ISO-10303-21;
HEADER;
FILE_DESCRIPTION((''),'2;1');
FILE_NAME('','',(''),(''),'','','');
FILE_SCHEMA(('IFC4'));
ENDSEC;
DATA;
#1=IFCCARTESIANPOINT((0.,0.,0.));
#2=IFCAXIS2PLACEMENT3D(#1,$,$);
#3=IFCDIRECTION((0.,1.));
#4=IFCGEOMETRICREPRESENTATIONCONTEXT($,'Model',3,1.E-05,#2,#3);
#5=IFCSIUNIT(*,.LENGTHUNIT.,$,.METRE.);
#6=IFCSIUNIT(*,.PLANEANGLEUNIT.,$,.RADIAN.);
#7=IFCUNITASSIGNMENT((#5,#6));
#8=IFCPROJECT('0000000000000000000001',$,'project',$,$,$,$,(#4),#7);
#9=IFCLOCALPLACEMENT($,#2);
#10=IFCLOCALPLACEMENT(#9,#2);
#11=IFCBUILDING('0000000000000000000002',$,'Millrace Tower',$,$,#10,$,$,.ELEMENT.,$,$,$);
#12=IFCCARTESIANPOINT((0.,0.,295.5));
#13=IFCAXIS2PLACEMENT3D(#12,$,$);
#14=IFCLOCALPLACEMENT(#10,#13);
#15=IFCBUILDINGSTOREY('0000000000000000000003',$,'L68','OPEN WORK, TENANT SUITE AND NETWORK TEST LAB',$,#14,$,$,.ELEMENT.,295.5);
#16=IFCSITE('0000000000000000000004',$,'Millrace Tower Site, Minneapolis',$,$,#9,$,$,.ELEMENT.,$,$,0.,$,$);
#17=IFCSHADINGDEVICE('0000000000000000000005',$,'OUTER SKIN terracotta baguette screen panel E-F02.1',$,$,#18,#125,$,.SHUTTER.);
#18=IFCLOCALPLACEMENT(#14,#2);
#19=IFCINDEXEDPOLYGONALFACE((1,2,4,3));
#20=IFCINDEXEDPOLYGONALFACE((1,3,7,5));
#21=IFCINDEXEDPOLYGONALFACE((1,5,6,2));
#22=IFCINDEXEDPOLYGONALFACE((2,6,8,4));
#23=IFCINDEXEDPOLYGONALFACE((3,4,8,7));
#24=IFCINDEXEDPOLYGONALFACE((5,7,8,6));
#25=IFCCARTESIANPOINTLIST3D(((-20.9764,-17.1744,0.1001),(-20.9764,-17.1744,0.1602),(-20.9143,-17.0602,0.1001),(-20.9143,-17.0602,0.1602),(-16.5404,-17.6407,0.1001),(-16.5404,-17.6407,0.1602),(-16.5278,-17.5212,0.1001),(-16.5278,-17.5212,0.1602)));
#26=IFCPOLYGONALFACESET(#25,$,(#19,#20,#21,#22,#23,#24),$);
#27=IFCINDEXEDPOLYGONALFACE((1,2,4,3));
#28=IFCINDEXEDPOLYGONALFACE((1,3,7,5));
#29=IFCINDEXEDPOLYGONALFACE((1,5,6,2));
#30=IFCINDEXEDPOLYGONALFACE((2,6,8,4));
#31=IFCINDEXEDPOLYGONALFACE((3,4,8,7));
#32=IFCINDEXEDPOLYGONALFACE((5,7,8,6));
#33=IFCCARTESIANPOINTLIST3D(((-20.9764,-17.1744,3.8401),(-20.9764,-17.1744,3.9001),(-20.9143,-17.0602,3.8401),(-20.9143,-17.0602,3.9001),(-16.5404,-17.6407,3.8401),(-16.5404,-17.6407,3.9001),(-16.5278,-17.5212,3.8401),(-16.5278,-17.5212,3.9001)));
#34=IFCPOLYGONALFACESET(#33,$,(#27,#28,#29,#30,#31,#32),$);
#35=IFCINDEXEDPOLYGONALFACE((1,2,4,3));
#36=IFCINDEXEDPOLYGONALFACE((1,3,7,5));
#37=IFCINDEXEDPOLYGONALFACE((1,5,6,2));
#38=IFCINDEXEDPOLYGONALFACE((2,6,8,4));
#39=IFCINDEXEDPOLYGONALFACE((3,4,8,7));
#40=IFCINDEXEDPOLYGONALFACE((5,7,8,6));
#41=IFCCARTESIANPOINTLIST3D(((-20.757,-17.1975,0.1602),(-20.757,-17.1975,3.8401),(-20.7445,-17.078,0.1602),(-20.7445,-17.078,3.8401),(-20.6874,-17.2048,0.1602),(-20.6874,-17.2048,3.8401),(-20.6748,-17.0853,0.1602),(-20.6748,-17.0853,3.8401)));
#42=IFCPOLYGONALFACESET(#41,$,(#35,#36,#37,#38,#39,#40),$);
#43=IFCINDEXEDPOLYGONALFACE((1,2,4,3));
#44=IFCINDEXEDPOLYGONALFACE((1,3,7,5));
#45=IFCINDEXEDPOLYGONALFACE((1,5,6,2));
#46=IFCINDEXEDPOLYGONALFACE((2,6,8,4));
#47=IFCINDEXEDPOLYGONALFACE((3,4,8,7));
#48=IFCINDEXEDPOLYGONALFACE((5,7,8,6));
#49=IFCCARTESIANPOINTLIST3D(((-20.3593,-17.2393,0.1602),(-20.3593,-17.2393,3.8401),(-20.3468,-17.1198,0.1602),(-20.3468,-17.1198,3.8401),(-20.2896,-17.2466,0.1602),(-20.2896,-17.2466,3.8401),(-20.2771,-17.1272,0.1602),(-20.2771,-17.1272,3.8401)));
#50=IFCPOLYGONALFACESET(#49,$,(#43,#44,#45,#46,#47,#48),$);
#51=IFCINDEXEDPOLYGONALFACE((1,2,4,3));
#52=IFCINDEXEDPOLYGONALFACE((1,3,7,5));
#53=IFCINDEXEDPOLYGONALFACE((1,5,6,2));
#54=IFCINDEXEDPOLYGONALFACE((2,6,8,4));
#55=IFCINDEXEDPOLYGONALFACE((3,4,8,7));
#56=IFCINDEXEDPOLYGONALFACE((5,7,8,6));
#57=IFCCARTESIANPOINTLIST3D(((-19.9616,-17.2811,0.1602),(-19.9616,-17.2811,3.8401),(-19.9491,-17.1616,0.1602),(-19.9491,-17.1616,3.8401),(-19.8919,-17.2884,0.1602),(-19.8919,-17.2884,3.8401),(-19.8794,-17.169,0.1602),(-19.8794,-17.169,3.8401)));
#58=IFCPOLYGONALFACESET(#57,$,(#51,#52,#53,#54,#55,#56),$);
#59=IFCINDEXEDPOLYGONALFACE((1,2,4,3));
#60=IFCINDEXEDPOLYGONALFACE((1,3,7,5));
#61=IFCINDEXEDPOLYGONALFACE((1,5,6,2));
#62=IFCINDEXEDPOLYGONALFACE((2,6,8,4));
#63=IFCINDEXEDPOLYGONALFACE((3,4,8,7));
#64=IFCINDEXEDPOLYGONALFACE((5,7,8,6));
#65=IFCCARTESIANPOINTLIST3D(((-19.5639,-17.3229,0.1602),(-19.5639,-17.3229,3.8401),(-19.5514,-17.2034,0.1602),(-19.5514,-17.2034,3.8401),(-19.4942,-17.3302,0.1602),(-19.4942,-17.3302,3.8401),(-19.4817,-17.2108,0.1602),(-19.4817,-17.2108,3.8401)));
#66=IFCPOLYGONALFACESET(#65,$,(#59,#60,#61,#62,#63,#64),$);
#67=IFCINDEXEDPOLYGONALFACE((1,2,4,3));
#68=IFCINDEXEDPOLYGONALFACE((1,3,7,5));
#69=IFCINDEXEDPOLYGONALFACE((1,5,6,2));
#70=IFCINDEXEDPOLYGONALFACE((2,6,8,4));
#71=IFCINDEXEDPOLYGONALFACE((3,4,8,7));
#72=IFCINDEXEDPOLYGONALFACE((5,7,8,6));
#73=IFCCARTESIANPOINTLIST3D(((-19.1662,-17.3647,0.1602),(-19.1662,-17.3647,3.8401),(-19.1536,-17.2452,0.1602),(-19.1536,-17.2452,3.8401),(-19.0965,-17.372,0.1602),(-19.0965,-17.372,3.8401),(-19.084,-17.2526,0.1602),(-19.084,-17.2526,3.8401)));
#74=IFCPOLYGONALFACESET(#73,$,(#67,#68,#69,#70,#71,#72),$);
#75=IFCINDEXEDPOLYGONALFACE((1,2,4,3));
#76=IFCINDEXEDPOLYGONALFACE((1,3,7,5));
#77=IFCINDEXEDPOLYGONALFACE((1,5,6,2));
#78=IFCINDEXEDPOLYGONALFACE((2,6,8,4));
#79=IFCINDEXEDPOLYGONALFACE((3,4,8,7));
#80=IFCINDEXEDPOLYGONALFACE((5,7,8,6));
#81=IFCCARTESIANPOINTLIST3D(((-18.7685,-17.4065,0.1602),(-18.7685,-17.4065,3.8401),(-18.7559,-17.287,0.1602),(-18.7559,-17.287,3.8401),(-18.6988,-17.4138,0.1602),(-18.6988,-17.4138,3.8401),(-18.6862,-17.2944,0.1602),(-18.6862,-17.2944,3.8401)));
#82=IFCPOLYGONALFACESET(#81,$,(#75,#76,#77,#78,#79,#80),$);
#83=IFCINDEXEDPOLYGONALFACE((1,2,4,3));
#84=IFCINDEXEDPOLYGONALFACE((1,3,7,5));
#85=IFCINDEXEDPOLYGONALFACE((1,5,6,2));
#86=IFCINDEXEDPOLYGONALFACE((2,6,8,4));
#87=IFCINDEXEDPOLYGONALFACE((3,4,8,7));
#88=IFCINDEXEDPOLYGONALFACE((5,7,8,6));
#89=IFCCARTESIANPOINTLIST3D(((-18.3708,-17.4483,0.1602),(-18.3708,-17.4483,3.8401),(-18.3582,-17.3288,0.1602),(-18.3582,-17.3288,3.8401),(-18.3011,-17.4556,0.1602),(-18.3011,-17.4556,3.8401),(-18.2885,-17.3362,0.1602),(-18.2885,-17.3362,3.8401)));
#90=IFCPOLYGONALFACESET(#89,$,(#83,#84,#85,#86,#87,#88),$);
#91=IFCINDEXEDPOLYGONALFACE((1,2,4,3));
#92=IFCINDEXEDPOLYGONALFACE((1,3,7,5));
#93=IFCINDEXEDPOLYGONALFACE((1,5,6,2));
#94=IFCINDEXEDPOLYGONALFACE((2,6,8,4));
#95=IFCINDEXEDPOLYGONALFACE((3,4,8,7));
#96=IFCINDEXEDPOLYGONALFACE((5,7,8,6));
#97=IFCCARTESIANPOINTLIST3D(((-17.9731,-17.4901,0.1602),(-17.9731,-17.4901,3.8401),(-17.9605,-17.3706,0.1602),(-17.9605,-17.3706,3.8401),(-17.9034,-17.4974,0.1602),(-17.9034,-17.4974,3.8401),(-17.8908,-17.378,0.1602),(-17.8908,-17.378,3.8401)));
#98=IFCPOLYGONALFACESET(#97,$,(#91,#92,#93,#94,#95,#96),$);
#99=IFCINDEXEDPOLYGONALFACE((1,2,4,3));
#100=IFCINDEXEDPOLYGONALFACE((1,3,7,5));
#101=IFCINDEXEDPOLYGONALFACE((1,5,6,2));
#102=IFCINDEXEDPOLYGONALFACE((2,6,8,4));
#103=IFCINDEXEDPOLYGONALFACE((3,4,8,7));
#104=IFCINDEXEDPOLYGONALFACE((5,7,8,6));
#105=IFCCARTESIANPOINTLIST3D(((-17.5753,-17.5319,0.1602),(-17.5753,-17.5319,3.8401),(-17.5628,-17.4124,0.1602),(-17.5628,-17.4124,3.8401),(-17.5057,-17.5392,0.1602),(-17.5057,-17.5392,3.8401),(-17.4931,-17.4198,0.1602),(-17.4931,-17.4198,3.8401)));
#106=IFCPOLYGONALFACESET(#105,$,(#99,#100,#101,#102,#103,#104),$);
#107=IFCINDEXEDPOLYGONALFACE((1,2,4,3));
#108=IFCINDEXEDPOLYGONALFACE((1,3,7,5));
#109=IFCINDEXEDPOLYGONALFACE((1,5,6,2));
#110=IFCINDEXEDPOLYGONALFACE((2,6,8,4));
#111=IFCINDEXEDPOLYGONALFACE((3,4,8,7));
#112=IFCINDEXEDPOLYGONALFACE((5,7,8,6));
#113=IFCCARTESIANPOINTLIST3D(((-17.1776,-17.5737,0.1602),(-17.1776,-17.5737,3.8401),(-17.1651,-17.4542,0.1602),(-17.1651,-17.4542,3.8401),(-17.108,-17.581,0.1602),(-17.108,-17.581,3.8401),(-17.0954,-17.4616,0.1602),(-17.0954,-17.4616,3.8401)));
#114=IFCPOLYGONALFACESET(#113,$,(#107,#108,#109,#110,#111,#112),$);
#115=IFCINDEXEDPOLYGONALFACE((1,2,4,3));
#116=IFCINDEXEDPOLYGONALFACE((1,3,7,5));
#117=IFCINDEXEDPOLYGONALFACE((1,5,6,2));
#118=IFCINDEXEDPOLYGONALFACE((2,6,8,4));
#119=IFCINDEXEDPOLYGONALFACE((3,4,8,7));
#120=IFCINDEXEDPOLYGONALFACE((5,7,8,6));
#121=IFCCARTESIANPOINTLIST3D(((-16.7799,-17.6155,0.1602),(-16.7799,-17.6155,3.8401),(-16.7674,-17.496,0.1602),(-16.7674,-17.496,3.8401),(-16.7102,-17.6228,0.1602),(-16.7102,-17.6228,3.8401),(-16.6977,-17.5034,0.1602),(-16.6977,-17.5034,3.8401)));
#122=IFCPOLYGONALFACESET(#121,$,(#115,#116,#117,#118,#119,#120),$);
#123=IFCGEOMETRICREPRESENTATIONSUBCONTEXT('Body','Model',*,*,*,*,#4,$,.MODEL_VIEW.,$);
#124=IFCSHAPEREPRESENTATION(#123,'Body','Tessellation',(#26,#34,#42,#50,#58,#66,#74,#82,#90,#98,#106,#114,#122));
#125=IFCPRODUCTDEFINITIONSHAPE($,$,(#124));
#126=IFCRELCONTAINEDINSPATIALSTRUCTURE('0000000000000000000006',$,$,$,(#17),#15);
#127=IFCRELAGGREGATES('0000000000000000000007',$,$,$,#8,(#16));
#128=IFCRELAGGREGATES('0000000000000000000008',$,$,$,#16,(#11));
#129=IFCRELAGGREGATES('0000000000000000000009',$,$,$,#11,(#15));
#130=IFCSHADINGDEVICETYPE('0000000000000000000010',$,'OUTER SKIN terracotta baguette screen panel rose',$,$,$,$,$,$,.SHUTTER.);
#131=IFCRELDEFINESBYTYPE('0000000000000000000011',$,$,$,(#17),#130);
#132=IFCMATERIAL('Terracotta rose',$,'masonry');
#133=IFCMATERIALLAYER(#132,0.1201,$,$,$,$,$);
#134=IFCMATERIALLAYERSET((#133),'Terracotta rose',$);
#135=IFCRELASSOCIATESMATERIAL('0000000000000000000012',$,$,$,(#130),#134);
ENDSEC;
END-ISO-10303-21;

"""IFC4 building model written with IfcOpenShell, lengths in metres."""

from ifc_helpers import new_model, entity, si_unit, direction, frame, frame_2d, origin, place, context, subcontext, project, spatial, rectangle, extrude, source, transform, mapped, material, layer, layer_set, type_object, element, save


model = new_model("IFC4")

# Units and contexts
model_context = context("Model", 3, precision=1e-05, world=origin(), true_north=direction((0.0, 1.0)))
body_context = subcontext(model_context, "Body", "Model", "MODEL_VIEW")
ifc_project = project(units=[si_unit("LENGTHUNIT", "METRE"), si_unit("PLANEANGLEUNIT", "RADIAN")], contexts=[model_context])

# Site, building, storey
site_placement = place(None, origin())
site = spatial("IfcSite", under=ifc_project, at=site_placement, Name="Millrace Tower Site, Minneapolis", CompositionType="ELEMENT", RefElevation=0.0)
building_placement = place(site_placement, origin())
building = spatial("IfcBuilding", under=site, at=building_placement, Name="Millrace Tower", CompositionType="ELEMENT")
storey_placement = place(building_placement, frame((0.0, 0.0, 295.5)))
storey = spatial("IfcBuildingStorey", under=building, at=storey_placement, Name="L68", Description="OPEN WORK, TENANT SUITE AND NETWORK TEST LAB", CompositionType="ELEMENT", Elevation=295.5)

# Shading device
ifc_material_1 = material(Name="Terracotta rose", Category="masonry")
ifc_layer_1 = layer(ifc_material_1, 0.1201)
ifc_layer_set_1 = layer_set([ifc_layer_1], Name="Terracotta rose")
shading_device_type = type_object("IfcShadingDeviceType", Name="OUTER SKIN terracotta baguette screen panel rose", PredefinedType="SHUTTER", material=ifc_layer_set_1)
cartesian_point_1 = entity("IfcCartesianPoint", [-2.1929, 0.0601])
shared_polyline_1 = entity("IfcPolyline", [cartesian_point_1, entity("IfcCartesianPoint", [2.2178, 0.0601]), entity("IfcCartesianPoint", [2.2178, -0.0601]), entity("IfcCartesianPoint", [-2.2427, -0.0601]), cartesian_point_1])
shared_shape_1 = source(origin(), body_context, "Body", "SweptSolid", [
    entity("IfcExtrudedAreaSolid", entity("IfcArbitraryClosedProfileDef", "AREA", None, shared_polyline_1), entity("IfcAxis2Placement3D", entity("IfcCartesianPoint", [0.0, 0.0, 0.0])), entity("IfcDirection", [0.0, 0.0, 1.0]), 0.0601),
    entity("IfcExtrudedAreaSolid", entity("IfcArbitraryClosedProfileDef", "AREA", None, shared_polyline_1), entity("IfcAxis2Placement3D", entity("IfcCartesianPoint", [0.0, 0.0, 3.74])), entity("IfcDirection", [0.0, 0.0, 1.0]), 0.0601),
    extrude(rectangle(XDim=0.0701, YDim=0.1201, at=frame_2d((-1.9871, 0.0))), frame((0.0, 0.0, 0.0601)), (0.0, 0.0, 1.0), 3.6799),
    extrude(rectangle(XDim=0.0701, YDim=0.1201, at=frame_2d((-1.5872, 0.0))), frame((0.0, 0.0, 0.0601)), (0.0, 0.0, 1.0), 3.6799),
    extrude(rectangle(XDim=0.0701, YDim=0.1201, at=frame_2d((-1.1873, 0.0))), frame((0.0, 0.0, 0.0601)), (0.0, 0.0, 1.0), 3.6799),
    extrude(rectangle(XDim=0.0701, YDim=0.1201, at=frame_2d((-0.7874, 0.0))), frame((0.0, 0.0, 0.0601)), (0.0, 0.0, 1.0), 3.6799),
    extrude(rectangle(XDim=0.0701, YDim=0.1201, at=frame_2d((-0.3875, 0.0))), frame((0.0, 0.0, 0.0601)), (0.0, 0.0, 1.0), 3.6799),
    extrude(rectangle(XDim=0.0701, YDim=0.1201, at=frame_2d((0.0125, 0.0))), frame((0.0, 0.0, 0.0601)), (0.0, 0.0, 1.0), 3.6799),
    extrude(rectangle(XDim=0.0701, YDim=0.1201, at=frame_2d((0.4124, 0.0))), frame((0.0, 0.0, 0.0601)), (0.0, 0.0, 1.0), 3.6799),
    extrude(rectangle(XDim=0.0701, YDim=0.1201, at=frame_2d((0.8123, 0.0))), frame((0.0, 0.0, 0.0601)), (0.0, 0.0, 1.0), 3.6799),
    extrude(rectangle(XDim=0.0701, YDim=0.1201, at=frame_2d((1.2122, 0.0))), frame((0.0, 0.0, 0.0601)), (0.0, 0.0, 1.0), 3.6799),
    extrude(rectangle(XDim=0.0701, YDim=0.1201, at=frame_2d((1.6121, 0.0))), frame((0.0, 0.0, 0.0601)), (0.0, 0.0, 1.0), 3.6799),
    extrude(rectangle(XDim=0.0701, YDim=0.1201, at=frame_2d((2.012, 0.0))), frame((0.0, 0.0, 0.0601)), (0.0, 0.0, 1.0), 3.6799),
])
shading_device_1_placement = place(storey_placement, frame((-18.7397, -17.3491, 0.1001), z_axis=(0.0, 0.0, 1.0), x_axis=(0.994522, -0.104528, 0.0)))
element("IfcShadingDevice", 1, at=shading_device_1_placement, inside=storey, type_object=shading_device_type, Name="OUTER SKIN terracotta baguette screen panel E-F02.1", PredefinedType="SHUTTER", context=body_context, shape_type="MappedRepresentation", body=[
    mapped(shared_shape_1, transform((0.0, 0.0, 0.0), scale=1.0)),
])

save(model, "model.ifc")
